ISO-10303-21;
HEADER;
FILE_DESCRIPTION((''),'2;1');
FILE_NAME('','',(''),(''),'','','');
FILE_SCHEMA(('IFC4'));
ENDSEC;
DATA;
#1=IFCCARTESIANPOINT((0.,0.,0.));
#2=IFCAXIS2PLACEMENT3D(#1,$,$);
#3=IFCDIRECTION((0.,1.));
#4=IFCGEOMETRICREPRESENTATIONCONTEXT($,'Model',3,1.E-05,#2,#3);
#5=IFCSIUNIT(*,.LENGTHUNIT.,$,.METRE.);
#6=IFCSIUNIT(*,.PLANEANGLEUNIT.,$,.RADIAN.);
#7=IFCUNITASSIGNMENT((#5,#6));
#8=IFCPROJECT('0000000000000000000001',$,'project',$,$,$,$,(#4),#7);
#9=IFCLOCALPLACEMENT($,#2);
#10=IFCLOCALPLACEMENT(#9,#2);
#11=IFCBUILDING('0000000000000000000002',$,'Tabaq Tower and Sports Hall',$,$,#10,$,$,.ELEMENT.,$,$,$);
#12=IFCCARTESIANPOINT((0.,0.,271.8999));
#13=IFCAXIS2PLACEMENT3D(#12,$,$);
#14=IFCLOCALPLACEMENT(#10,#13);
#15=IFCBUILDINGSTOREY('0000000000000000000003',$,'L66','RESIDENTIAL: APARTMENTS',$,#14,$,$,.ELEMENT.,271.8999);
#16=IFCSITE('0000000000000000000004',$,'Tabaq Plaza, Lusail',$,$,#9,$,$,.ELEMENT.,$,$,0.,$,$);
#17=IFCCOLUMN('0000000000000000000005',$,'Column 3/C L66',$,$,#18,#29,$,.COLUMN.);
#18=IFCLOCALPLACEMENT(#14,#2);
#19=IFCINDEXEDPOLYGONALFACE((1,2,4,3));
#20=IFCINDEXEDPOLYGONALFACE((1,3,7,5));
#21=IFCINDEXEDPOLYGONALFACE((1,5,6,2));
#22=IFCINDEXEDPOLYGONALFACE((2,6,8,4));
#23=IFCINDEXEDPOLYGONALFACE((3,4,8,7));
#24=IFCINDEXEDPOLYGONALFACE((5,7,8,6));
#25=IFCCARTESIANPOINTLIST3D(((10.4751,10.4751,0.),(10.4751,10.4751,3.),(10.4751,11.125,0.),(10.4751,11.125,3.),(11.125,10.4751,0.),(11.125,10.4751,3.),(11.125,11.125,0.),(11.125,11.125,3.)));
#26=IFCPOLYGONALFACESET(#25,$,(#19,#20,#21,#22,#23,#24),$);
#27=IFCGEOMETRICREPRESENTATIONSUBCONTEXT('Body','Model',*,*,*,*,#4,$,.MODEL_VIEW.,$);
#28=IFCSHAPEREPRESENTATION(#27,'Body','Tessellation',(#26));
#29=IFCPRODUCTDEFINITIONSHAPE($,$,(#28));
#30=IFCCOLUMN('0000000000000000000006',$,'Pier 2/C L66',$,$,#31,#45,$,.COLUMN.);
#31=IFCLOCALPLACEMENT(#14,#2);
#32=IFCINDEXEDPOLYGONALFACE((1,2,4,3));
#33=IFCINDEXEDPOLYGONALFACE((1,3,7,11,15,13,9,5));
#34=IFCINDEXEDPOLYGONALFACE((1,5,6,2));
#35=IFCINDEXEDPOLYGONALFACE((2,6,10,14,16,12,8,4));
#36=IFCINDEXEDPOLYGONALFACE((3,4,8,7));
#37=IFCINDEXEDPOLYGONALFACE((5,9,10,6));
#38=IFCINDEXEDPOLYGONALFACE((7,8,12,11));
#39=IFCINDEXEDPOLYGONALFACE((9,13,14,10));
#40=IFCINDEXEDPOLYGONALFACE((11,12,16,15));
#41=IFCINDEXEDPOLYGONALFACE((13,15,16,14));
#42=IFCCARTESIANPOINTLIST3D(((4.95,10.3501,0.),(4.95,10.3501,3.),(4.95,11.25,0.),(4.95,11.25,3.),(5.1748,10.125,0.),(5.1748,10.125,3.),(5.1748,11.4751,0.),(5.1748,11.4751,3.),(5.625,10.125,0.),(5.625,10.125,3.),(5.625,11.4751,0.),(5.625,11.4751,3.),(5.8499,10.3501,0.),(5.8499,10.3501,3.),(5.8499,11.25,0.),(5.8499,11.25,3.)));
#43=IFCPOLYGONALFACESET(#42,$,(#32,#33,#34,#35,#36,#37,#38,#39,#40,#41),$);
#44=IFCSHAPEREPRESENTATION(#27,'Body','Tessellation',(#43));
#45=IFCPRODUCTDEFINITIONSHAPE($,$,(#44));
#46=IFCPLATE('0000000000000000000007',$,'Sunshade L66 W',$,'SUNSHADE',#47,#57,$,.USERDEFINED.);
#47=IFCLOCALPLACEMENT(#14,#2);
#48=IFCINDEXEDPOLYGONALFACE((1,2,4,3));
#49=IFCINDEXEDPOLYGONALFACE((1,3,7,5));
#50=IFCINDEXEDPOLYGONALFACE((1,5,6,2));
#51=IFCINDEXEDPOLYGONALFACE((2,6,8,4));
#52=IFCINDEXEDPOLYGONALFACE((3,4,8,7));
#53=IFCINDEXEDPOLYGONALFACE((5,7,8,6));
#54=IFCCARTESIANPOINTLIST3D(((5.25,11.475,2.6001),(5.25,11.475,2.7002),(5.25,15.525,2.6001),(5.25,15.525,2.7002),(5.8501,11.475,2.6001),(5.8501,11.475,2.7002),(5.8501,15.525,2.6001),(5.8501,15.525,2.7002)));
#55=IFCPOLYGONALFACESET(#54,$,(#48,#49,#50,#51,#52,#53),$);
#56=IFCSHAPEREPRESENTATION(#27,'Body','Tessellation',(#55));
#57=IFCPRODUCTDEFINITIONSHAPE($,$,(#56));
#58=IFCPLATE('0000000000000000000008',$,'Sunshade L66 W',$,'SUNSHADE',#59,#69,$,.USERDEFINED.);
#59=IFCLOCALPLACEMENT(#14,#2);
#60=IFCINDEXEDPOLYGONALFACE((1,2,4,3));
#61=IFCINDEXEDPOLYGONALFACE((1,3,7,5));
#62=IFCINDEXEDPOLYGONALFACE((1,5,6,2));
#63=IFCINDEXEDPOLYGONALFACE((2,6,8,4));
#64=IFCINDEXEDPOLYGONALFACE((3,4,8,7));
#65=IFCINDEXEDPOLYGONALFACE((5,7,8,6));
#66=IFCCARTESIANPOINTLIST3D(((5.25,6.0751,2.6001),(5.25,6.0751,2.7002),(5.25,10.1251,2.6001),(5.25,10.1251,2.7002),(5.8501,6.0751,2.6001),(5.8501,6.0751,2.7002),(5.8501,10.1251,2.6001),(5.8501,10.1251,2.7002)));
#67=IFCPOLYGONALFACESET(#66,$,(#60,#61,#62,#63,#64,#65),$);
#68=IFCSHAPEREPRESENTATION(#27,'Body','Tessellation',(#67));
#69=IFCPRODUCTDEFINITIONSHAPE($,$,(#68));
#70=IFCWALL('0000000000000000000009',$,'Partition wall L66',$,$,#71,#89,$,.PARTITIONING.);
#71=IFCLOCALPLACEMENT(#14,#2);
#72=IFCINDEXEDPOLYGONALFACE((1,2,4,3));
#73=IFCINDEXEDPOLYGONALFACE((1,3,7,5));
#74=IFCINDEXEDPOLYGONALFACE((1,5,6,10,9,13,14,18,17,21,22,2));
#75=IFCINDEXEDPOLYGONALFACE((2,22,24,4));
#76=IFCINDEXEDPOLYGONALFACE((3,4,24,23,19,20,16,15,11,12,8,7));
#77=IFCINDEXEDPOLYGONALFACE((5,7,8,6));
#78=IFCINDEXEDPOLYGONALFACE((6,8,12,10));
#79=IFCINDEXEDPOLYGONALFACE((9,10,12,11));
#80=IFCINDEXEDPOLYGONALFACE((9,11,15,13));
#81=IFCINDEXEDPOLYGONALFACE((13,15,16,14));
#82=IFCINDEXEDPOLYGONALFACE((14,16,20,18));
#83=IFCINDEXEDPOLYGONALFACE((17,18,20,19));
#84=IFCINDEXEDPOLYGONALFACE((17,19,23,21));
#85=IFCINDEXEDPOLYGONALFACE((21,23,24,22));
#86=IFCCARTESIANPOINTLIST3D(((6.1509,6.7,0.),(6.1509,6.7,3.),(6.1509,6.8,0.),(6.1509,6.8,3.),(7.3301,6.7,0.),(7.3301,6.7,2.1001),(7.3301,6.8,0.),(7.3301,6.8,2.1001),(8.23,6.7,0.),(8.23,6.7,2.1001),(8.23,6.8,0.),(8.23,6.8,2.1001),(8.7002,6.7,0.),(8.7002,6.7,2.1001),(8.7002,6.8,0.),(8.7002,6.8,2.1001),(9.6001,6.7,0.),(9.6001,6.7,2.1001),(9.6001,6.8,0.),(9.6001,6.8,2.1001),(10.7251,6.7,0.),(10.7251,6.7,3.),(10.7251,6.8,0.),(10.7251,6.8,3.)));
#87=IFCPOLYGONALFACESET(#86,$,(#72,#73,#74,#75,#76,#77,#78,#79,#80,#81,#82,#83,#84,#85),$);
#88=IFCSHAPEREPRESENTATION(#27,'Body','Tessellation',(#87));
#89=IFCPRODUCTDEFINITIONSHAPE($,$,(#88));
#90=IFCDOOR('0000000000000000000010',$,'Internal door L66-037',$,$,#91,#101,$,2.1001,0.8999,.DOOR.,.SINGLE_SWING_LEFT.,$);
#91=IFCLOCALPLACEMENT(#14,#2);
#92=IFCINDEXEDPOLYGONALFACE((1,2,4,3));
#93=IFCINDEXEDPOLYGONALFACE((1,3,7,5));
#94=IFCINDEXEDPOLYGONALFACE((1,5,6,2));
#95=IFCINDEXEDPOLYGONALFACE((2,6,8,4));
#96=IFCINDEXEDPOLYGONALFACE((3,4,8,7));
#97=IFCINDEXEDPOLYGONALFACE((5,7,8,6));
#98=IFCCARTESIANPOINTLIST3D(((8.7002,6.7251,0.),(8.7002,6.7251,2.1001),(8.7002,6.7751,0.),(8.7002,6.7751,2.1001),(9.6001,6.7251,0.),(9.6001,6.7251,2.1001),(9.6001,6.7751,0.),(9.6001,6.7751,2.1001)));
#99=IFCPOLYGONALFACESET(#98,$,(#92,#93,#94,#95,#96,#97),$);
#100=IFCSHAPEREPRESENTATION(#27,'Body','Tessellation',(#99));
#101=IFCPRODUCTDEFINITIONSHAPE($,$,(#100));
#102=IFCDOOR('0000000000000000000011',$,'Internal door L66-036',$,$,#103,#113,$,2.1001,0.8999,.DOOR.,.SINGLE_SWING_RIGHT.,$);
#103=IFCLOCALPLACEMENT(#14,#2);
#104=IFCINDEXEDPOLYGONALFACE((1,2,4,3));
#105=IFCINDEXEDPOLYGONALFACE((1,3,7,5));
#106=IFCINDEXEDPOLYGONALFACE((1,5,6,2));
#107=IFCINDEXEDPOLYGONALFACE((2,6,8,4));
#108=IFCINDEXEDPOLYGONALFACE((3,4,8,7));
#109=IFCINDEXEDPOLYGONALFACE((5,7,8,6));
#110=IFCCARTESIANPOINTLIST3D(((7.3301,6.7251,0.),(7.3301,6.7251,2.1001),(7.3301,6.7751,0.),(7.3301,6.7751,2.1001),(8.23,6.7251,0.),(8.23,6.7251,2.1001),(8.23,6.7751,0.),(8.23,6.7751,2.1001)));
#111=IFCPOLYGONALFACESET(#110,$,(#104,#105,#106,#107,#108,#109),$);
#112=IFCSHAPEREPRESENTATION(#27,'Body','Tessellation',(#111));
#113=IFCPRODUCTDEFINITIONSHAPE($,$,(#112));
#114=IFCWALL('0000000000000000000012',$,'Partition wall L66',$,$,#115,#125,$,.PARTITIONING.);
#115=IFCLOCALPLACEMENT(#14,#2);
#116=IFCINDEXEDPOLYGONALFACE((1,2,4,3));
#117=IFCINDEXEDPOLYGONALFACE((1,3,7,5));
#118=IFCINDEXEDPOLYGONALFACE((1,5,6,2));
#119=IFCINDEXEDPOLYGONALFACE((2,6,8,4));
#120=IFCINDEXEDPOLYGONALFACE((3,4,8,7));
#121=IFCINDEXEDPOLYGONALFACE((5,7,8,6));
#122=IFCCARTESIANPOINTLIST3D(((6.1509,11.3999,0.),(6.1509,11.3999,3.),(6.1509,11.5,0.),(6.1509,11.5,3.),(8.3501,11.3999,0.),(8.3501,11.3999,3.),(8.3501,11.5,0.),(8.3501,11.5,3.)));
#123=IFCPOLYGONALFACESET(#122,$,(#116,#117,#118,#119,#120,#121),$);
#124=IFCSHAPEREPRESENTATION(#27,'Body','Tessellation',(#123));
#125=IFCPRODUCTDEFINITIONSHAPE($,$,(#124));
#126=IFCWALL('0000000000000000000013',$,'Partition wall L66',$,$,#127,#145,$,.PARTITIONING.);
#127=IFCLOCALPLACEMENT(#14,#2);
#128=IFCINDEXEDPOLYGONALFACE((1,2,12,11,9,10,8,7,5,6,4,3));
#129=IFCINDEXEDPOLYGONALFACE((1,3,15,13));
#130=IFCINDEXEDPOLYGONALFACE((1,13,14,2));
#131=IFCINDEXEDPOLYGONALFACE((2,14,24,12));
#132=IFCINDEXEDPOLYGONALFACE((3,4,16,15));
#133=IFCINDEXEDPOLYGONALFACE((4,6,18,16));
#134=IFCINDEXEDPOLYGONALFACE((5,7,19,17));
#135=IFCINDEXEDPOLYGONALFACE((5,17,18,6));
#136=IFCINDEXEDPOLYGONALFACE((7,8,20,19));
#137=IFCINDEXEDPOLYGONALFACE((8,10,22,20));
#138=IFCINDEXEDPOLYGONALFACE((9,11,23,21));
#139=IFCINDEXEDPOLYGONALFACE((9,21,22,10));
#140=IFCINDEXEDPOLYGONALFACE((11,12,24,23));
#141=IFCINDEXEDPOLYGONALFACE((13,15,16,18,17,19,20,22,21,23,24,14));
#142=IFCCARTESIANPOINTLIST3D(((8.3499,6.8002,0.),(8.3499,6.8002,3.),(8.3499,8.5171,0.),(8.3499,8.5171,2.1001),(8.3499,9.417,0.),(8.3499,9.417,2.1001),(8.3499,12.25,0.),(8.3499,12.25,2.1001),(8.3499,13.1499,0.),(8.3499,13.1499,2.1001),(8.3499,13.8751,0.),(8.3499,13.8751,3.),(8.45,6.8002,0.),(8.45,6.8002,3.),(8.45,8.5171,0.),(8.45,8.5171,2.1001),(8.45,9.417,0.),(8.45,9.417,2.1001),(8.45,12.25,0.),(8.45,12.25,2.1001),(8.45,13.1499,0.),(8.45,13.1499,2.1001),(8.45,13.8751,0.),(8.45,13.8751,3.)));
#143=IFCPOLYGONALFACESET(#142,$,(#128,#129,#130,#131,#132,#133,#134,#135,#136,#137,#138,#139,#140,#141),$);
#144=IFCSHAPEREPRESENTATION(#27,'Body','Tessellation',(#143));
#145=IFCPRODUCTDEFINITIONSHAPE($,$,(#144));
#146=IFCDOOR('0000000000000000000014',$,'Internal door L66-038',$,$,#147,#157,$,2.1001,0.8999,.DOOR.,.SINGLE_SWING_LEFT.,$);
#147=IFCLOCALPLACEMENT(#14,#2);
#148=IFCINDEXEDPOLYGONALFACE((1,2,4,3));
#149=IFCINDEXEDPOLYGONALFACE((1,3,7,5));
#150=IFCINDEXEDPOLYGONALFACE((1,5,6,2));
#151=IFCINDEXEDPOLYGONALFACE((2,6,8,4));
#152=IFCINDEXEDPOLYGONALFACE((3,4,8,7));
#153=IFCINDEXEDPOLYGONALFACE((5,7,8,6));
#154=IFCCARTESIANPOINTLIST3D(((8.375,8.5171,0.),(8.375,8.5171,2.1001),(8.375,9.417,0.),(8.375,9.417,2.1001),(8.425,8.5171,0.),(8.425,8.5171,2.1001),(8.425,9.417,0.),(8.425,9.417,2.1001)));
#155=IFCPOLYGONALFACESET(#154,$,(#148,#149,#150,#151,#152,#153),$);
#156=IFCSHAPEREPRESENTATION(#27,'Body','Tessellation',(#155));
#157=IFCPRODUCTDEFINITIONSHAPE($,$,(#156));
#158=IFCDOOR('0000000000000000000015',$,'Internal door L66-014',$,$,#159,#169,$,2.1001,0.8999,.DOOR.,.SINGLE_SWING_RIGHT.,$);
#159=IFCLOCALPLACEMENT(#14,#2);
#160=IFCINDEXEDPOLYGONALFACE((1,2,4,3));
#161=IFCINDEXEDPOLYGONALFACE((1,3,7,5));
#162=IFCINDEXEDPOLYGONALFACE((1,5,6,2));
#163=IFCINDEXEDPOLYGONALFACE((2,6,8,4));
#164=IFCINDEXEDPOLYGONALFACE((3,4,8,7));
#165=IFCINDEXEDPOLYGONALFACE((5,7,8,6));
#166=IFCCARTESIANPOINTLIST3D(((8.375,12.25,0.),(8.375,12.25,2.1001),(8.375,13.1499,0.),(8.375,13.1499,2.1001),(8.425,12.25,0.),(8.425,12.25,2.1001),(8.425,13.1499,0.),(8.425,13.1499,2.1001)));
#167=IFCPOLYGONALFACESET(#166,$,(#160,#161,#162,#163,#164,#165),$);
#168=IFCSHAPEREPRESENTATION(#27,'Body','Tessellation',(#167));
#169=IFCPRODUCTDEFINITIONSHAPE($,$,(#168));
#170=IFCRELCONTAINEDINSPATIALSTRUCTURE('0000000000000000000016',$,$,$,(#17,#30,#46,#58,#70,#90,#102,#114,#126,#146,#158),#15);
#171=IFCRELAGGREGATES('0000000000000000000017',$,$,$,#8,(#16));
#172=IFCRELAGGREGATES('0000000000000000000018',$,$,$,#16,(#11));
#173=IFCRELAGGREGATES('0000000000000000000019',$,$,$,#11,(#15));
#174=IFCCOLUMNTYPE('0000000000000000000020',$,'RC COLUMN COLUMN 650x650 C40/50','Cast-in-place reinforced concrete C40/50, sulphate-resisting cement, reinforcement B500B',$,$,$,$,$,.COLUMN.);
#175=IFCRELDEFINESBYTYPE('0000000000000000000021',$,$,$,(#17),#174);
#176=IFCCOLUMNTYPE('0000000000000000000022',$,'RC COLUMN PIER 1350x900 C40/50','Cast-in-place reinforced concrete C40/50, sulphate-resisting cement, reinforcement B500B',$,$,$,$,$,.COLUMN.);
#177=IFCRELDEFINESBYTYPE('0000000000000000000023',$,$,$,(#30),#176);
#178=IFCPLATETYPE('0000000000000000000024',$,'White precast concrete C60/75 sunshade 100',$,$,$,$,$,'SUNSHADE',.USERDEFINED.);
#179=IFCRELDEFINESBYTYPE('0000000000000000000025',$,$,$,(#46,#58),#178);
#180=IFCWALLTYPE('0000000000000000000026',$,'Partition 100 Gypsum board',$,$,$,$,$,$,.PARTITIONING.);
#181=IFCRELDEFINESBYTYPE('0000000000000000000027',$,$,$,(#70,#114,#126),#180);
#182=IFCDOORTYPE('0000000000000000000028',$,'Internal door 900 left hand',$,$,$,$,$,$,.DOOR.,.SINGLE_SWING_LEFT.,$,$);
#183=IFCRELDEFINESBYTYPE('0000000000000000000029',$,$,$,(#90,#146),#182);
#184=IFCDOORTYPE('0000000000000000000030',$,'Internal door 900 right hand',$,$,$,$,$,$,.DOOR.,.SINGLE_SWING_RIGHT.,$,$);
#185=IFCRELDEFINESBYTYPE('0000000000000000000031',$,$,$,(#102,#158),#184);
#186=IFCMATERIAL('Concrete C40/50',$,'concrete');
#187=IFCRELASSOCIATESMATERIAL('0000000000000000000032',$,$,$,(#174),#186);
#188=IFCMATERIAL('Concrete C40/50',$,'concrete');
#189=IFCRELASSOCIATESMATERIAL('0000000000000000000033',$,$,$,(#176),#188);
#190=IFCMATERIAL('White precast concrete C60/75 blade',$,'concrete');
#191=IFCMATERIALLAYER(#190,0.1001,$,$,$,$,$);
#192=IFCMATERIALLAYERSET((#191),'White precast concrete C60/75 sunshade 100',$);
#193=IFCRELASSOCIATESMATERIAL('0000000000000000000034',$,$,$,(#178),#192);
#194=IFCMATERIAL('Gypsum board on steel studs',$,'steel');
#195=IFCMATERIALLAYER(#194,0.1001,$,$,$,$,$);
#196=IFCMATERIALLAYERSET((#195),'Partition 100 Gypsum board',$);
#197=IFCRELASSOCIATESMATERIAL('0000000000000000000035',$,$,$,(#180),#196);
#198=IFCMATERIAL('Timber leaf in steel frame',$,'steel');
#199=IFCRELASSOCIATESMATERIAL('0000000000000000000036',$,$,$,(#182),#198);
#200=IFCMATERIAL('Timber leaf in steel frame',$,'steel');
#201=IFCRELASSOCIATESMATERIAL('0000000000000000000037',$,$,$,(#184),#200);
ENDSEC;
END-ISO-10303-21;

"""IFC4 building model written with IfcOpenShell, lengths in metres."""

from ifc_helpers import new_model, si_unit, direction, frame, frame_2d, origin, origin_2d, place, context, subcontext, project, spatial, polyline, rectangle, outline, extrude, material, layer, layer_set, material_profile, profile_set, type_object, element, fill, save


model = new_model("IFC4")

# Units and contexts
model_context = context("Model", 3, precision=1e-05, world=origin(), true_north=direction((0.0, 1.0)))
body_context = subcontext(model_context, "Body", "Model", "MODEL_VIEW")
ifc_project = project(units=[si_unit("LENGTHUNIT", "METRE"), si_unit("PLANEANGLEUNIT", "RADIAN")], contexts=[model_context])

# Site, building, storey
site_placement = place(None, origin())
site = spatial("IfcSite", under=ifc_project, at=site_placement, Name="Tabaq Plaza, Lusail", CompositionType="ELEMENT", RefElevation=0.0)
building_placement = place(site_placement, origin())
building = spatial("IfcBuilding", under=site, at=building_placement, Name="Tabaq Tower and Sports Hall", CompositionType="ELEMENT")
storey_placement = place(building_placement, frame((0.0, 0.0, 271.8999)))
storey = spatial("IfcBuildingStorey", under=building, at=storey_placement, Name="L66", Description="RESIDENTIAL: APARTMENTS", CompositionType="ELEMENT", Elevation=271.8999)

# Columns
ifc_material_1 = material(Name="Concrete C40/50", Category="concrete")
ifc_material_profile_1 = material_profile(ifc_material_1, rectangle(XDim=0.6499, YDim=0.6499, at=origin_2d()), Name="COLUMN 650x650")
ifc_profile_set_1 = profile_set([ifc_material_profile_1], Name="Concrete C40/50")
column_type_1 = type_object("IfcColumnType", Name="RC COLUMN COLUMN 650x650 C40/50", Description="Cast-in-place reinforced concrete C40/50, sulphate-resisting cement, reinforcement B500B", PredefinedType="COLUMN", material=ifc_profile_set_1)
column_1_placement = place(storey_placement, frame((10.8, 10.8, 0.0), z_axis=(0.0, 0.0, 1.0), x_axis=(1.0, 0.0, 0.0)))
element("IfcColumn", 1, at=column_1_placement, inside=storey, type_object=column_type_1, Name="Column 3/C L66", PredefinedType="COLUMN", context=body_context, shape_type="SweptSolid", body=[
    extrude(rectangle(XDim=0.6499, YDim=0.6499, at=origin_2d()), origin(), (0.0, 0.0, 1.0), 3.0),
])
ifc_material_2 = material(Name="Concrete C40/50", Category="concrete")
ifc_material_profile_2 = material_profile(ifc_material_2, outline(polyline([(-0.45, -0.45), (0.45, -0.45), (0.675, -0.2251), (0.675, 0.2251), (0.45, 0.45), (-0.45, 0.45), (-0.675, 0.2251), (-0.675, -0.2251), (-0.45, -0.45)])), Name="PIER 1350x900")
ifc_profile_set_2 = profile_set([ifc_material_profile_2], Name="Concrete C40/50")
column_type_2 = type_object("IfcColumnType", Name="RC COLUMN PIER 1350x900 C40/50", Description="Cast-in-place reinforced concrete C40/50, sulphate-resisting cement, reinforcement B500B", PredefinedType="COLUMN", material=ifc_profile_set_2)
column_2_placement = place(storey_placement, frame((5.3999, 10.8, 0.0), z_axis=(0.0, 0.0, 1.0), x_axis=(0.0, 1.0, 0.0)))
element("IfcColumn", 2, at=column_2_placement, inside=storey, type_object=column_type_2, Name="Pier 2/C L66", PredefinedType="COLUMN", context=body_context, shape_type="SweptSolid", body=[
    extrude(outline(polyline([(-0.45, -0.45), (0.45, -0.45), (0.675, -0.2251), (0.675, 0.2251), (0.45, 0.45), (-0.45, 0.45), (-0.675, 0.2251), (-0.675, -0.2251), (-0.45, -0.45)])), origin(), (0.0, 0.0, 1.0), 3.0),
])

# Plates
ifc_material_3 = material(Name="White precast concrete C60/75 blade", Category="concrete")
ifc_layer_1 = layer(ifc_material_3, 0.1001)
ifc_layer_set_1 = layer_set([ifc_layer_1], Name="White precast concrete C60/75 sunshade 100")
plate_type = type_object("IfcPlateType", Name="White precast concrete C60/75 sunshade 100", ElementType="SUNSHADE", PredefinedType="USERDEFINED", material=ifc_layer_set_1)
for number, where, z_axis, x_axis, name in (
    (3, (5.55, 13.5, 2.6001), (0.0, 0.0, 1.0), (0.0, -1.0, 0.0), "Sunshade L66 W"),
    (4, (5.55, 8.1001, 2.6001), (0.0, 0.0, 1.0), (0.0, -1.0, 0.0), "Sunshade L66 W"),
):
    element("IfcPlate", number, at=place(storey_placement, frame(where, z_axis=z_axis, x_axis=x_axis)), inside=storey, type_object=plate_type, Name=name, ObjectType="SUNSHADE", PredefinedType="USERDEFINED", context=body_context, shape_type="SweptSolid", body=[
        extrude(rectangle(XDim=4.05, YDim=0.6001, at=origin_2d()), origin(), (0.0, 0.0, 1.0), 0.1001),
    ])

# Wall, openings, doors
ifc_material_4 = material(Name="Gypsum board on steel studs", Category="steel")
ifc_layer_2 = layer(ifc_material_4, 0.1001)
ifc_layer_set_2 = layer_set([ifc_layer_2], Name="Partition 100 Gypsum board")
wall_type_1 = type_object("IfcWallType", Name="Partition 100 Gypsum board", PredefinedType="PARTITIONING", material=ifc_layer_set_2)
wall_1_placement = place(storey_placement, frame((10.7251, 6.75, 0.0), z_axis=(0.0, 0.0, 1.0), x_axis=(-1.0, 0.0, 0.0)))
wall_1 = element("IfcWall", 5, at=wall_1_placement, inside=storey, type_object=wall_type_1, Name="Partition wall L66", PredefinedType="PARTITIONING", context=body_context, shape_type="SweptSolid", body=[
    extrude(rectangle(XDim=4.5742, YDim=0.1001, at=frame_2d((2.2871, 0.0))), origin(), (0.0, 0.0, 1.0), 3.0),
])
opening_1_placement = place(wall_1_placement, frame((2.4951, 0.0, 0.0)))
opening_1 = element("IfcOpeningElement", 6, at=opening_1_placement, cuts=wall_1, PredefinedType="OPENING", context=body_context, shape_type="SweptSolid", body=[
    extrude(rectangle(XDim=0.8999, YDim=2.1001, at=frame_2d((0.45, 1.05))), frame((0.0, 0.05, 0.0), z_axis=(0.0, -1.0, 0.0), x_axis=(1.0, 0.0, 0.0)), (0.0, 0.0, 1.0), 0.1001),
])
opening_2_placement = place(wall_1_placement, frame((1.125, 0.0, 0.0)))
opening_2 = element("IfcOpeningElement", 7, at=opening_2_placement, cuts=wall_1, PredefinedType="OPENING", context=body_context, shape_type="SweptSolid", body=[
    extrude(rectangle(XDim=0.8999, YDim=2.1001, at=frame_2d((0.45, 1.05))), frame((0.0, 0.05, 0.0), z_axis=(0.0, -1.0, 0.0), x_axis=(1.0, 0.0, 0.0)), (0.0, 0.0, 1.0), 0.1001),
])
ifc_material_5 = material(Name="Timber leaf in steel frame", Category="steel")
door_type_1 = type_object("IfcDoorType", Name="Internal door 900 left hand", OperationType="SINGLE_SWING_LEFT", PredefinedType="DOOR", material=ifc_material_5)
door_1_placement = place(opening_2_placement, origin())
door_1 = element("IfcDoor", 8, at=door_1_placement, inside=storey, type_object=door_type_1, Name="Internal door L66-037", OperationType="SINGLE_SWING_LEFT", OverallHeight=2.1001, OverallWidth=0.8999, PredefinedType="DOOR", context=body_context, shape_type="SweptSolid", body=[
    extrude(rectangle(XDim=0.8999, YDim=2.1001, at=frame_2d((0.45, 1.05))), frame((0.0, 0.0249, 0.0), z_axis=(0.0, -1.0, 0.0), x_axis=(1.0, 0.0, 0.0)), (0.0, 0.0, 1.0), 0.05),
])
fill(opening_2, door_1)
ifc_material_6 = material(Name="Timber leaf in steel frame", Category="steel")
door_type_2 = type_object("IfcDoorType", Name="Internal door 900 right hand", OperationType="SINGLE_SWING_RIGHT", PredefinedType="DOOR", material=ifc_material_6)
door_2_placement = place(opening_1_placement, origin())
door_2 = element("IfcDoor", 9, at=door_2_placement, inside=storey, type_object=door_type_2, Name="Internal door L66-036", OperationType="SINGLE_SWING_RIGHT", OverallHeight=2.1001, OverallWidth=0.8999, PredefinedType="DOOR", context=body_context, shape_type="SweptSolid", body=[
    extrude(rectangle(XDim=0.8999, YDim=2.1001, at=frame_2d((0.45, 1.05))), frame((0.0, 0.0249, 0.0), z_axis=(0.0, -1.0, 0.0), x_axis=(1.0, 0.0, 0.0)), (0.0, 0.0, 1.0), 0.05),
])
fill(opening_1, door_2)

# Wall
wall_2_placement = place(storey_placement, frame((8.3501, 11.45, 0.0), z_axis=(0.0, 0.0, 1.0), x_axis=(-1.0, 0.0, 0.0)))
element("IfcWall", 10, at=wall_2_placement, inside=storey, type_object=wall_type_1, Name="Partition wall L66", PredefinedType="PARTITIONING", context=body_context, shape_type="SweptSolid", body=[
    extrude(rectangle(XDim=2.1992, YDim=0.1001, at=frame_2d((1.0996, 0.0))), origin(), (0.0, 0.0, 1.0), 3.0),
])

# Wall, openings, doors
wall_3_placement = place(storey_placement, frame((8.3999, 6.8, 0.0), z_axis=(0.0, 0.0, 1.0), x_axis=(0.0, 1.0, 0.0)))
wall_3 = element("IfcWall", 11, at=wall_3_placement, inside=storey, type_object=wall_type_1, Name="Partition wall L66", PredefinedType="PARTITIONING", context=body_context, shape_type="SweptSolid", body=[
    extrude(rectangle(XDim=7.075, YDim=0.1001, at=frame_2d((3.5376, 0.0))), origin(), (0.0, 0.0, 1.0), 3.0),
])
opening_3_placement = place(wall_3_placement, frame((5.45, 0.0, 0.0)))
opening_3 = element("IfcOpeningElement", 12, at=opening_3_placement, cuts=wall_3, PredefinedType="OPENING", context=body_context, shape_type="SweptSolid", body=[
    extrude(rectangle(XDim=0.8999, YDim=2.1001, at=frame_2d((0.45, 1.05))), frame((0.0, 0.05, 0.0), z_axis=(0.0, -1.0, 0.0), x_axis=(1.0, 0.0, 0.0)), (0.0, 0.0, 1.0), 0.1001),
])
opening_4_placement = place(wall_3_placement, frame((1.717, 0.0, 0.0)))
opening_4 = element("IfcOpeningElement", 13, at=opening_4_placement, cuts=wall_3, PredefinedType="OPENING", context=body_context, shape_type="SweptSolid", body=[
    extrude(rectangle(XDim=0.8999, YDim=2.1001, at=frame_2d((0.45, 1.05))), frame((0.0, 0.05, 0.0), z_axis=(0.0, -1.0, 0.0), x_axis=(1.0, 0.0, 0.0)), (0.0, 0.0, 1.0), 0.1001),
])
door_3_placement = place(opening_4_placement, origin())
door_3 = element("IfcDoor", 14, at=door_3_placement, inside=storey, type_object=door_type_1, Name="Internal door L66-038", OperationType="SINGLE_SWING_LEFT", OverallHeight=2.1001, OverallWidth=0.8999, PredefinedType="DOOR", context=body_context, shape_type="SweptSolid", body=[
    extrude(rectangle(XDim=0.8999, YDim=2.1001, at=frame_2d((0.45, 1.05))), frame((0.0, 0.0249, 0.0), z_axis=(0.0, -1.0, 0.0), x_axis=(1.0, 0.0, 0.0)), (0.0, 0.0, 1.0), 0.05),
])
fill(opening_4, door_3)
door_4_placement = place(opening_3_placement, origin())
door_4 = element("IfcDoor", 15, at=door_4_placement, inside=storey, type_object=door_type_2, Name="Internal door L66-014", OperationType="SINGLE_SWING_RIGHT", OverallHeight=2.1001, OverallWidth=0.8999, PredefinedType="DOOR", context=body_context, shape_type="SweptSolid", body=[
    extrude(rectangle(XDim=0.8999, YDim=2.1001, at=frame_2d((0.45, 1.05))), frame((0.0, 0.0249, 0.0), z_axis=(0.0, -1.0, 0.0), x_axis=(1.0, 0.0, 0.0)), (0.0, 0.0, 1.0), 0.05),
])
fill(opening_3, door_4)

save(model, "model.ifc")
